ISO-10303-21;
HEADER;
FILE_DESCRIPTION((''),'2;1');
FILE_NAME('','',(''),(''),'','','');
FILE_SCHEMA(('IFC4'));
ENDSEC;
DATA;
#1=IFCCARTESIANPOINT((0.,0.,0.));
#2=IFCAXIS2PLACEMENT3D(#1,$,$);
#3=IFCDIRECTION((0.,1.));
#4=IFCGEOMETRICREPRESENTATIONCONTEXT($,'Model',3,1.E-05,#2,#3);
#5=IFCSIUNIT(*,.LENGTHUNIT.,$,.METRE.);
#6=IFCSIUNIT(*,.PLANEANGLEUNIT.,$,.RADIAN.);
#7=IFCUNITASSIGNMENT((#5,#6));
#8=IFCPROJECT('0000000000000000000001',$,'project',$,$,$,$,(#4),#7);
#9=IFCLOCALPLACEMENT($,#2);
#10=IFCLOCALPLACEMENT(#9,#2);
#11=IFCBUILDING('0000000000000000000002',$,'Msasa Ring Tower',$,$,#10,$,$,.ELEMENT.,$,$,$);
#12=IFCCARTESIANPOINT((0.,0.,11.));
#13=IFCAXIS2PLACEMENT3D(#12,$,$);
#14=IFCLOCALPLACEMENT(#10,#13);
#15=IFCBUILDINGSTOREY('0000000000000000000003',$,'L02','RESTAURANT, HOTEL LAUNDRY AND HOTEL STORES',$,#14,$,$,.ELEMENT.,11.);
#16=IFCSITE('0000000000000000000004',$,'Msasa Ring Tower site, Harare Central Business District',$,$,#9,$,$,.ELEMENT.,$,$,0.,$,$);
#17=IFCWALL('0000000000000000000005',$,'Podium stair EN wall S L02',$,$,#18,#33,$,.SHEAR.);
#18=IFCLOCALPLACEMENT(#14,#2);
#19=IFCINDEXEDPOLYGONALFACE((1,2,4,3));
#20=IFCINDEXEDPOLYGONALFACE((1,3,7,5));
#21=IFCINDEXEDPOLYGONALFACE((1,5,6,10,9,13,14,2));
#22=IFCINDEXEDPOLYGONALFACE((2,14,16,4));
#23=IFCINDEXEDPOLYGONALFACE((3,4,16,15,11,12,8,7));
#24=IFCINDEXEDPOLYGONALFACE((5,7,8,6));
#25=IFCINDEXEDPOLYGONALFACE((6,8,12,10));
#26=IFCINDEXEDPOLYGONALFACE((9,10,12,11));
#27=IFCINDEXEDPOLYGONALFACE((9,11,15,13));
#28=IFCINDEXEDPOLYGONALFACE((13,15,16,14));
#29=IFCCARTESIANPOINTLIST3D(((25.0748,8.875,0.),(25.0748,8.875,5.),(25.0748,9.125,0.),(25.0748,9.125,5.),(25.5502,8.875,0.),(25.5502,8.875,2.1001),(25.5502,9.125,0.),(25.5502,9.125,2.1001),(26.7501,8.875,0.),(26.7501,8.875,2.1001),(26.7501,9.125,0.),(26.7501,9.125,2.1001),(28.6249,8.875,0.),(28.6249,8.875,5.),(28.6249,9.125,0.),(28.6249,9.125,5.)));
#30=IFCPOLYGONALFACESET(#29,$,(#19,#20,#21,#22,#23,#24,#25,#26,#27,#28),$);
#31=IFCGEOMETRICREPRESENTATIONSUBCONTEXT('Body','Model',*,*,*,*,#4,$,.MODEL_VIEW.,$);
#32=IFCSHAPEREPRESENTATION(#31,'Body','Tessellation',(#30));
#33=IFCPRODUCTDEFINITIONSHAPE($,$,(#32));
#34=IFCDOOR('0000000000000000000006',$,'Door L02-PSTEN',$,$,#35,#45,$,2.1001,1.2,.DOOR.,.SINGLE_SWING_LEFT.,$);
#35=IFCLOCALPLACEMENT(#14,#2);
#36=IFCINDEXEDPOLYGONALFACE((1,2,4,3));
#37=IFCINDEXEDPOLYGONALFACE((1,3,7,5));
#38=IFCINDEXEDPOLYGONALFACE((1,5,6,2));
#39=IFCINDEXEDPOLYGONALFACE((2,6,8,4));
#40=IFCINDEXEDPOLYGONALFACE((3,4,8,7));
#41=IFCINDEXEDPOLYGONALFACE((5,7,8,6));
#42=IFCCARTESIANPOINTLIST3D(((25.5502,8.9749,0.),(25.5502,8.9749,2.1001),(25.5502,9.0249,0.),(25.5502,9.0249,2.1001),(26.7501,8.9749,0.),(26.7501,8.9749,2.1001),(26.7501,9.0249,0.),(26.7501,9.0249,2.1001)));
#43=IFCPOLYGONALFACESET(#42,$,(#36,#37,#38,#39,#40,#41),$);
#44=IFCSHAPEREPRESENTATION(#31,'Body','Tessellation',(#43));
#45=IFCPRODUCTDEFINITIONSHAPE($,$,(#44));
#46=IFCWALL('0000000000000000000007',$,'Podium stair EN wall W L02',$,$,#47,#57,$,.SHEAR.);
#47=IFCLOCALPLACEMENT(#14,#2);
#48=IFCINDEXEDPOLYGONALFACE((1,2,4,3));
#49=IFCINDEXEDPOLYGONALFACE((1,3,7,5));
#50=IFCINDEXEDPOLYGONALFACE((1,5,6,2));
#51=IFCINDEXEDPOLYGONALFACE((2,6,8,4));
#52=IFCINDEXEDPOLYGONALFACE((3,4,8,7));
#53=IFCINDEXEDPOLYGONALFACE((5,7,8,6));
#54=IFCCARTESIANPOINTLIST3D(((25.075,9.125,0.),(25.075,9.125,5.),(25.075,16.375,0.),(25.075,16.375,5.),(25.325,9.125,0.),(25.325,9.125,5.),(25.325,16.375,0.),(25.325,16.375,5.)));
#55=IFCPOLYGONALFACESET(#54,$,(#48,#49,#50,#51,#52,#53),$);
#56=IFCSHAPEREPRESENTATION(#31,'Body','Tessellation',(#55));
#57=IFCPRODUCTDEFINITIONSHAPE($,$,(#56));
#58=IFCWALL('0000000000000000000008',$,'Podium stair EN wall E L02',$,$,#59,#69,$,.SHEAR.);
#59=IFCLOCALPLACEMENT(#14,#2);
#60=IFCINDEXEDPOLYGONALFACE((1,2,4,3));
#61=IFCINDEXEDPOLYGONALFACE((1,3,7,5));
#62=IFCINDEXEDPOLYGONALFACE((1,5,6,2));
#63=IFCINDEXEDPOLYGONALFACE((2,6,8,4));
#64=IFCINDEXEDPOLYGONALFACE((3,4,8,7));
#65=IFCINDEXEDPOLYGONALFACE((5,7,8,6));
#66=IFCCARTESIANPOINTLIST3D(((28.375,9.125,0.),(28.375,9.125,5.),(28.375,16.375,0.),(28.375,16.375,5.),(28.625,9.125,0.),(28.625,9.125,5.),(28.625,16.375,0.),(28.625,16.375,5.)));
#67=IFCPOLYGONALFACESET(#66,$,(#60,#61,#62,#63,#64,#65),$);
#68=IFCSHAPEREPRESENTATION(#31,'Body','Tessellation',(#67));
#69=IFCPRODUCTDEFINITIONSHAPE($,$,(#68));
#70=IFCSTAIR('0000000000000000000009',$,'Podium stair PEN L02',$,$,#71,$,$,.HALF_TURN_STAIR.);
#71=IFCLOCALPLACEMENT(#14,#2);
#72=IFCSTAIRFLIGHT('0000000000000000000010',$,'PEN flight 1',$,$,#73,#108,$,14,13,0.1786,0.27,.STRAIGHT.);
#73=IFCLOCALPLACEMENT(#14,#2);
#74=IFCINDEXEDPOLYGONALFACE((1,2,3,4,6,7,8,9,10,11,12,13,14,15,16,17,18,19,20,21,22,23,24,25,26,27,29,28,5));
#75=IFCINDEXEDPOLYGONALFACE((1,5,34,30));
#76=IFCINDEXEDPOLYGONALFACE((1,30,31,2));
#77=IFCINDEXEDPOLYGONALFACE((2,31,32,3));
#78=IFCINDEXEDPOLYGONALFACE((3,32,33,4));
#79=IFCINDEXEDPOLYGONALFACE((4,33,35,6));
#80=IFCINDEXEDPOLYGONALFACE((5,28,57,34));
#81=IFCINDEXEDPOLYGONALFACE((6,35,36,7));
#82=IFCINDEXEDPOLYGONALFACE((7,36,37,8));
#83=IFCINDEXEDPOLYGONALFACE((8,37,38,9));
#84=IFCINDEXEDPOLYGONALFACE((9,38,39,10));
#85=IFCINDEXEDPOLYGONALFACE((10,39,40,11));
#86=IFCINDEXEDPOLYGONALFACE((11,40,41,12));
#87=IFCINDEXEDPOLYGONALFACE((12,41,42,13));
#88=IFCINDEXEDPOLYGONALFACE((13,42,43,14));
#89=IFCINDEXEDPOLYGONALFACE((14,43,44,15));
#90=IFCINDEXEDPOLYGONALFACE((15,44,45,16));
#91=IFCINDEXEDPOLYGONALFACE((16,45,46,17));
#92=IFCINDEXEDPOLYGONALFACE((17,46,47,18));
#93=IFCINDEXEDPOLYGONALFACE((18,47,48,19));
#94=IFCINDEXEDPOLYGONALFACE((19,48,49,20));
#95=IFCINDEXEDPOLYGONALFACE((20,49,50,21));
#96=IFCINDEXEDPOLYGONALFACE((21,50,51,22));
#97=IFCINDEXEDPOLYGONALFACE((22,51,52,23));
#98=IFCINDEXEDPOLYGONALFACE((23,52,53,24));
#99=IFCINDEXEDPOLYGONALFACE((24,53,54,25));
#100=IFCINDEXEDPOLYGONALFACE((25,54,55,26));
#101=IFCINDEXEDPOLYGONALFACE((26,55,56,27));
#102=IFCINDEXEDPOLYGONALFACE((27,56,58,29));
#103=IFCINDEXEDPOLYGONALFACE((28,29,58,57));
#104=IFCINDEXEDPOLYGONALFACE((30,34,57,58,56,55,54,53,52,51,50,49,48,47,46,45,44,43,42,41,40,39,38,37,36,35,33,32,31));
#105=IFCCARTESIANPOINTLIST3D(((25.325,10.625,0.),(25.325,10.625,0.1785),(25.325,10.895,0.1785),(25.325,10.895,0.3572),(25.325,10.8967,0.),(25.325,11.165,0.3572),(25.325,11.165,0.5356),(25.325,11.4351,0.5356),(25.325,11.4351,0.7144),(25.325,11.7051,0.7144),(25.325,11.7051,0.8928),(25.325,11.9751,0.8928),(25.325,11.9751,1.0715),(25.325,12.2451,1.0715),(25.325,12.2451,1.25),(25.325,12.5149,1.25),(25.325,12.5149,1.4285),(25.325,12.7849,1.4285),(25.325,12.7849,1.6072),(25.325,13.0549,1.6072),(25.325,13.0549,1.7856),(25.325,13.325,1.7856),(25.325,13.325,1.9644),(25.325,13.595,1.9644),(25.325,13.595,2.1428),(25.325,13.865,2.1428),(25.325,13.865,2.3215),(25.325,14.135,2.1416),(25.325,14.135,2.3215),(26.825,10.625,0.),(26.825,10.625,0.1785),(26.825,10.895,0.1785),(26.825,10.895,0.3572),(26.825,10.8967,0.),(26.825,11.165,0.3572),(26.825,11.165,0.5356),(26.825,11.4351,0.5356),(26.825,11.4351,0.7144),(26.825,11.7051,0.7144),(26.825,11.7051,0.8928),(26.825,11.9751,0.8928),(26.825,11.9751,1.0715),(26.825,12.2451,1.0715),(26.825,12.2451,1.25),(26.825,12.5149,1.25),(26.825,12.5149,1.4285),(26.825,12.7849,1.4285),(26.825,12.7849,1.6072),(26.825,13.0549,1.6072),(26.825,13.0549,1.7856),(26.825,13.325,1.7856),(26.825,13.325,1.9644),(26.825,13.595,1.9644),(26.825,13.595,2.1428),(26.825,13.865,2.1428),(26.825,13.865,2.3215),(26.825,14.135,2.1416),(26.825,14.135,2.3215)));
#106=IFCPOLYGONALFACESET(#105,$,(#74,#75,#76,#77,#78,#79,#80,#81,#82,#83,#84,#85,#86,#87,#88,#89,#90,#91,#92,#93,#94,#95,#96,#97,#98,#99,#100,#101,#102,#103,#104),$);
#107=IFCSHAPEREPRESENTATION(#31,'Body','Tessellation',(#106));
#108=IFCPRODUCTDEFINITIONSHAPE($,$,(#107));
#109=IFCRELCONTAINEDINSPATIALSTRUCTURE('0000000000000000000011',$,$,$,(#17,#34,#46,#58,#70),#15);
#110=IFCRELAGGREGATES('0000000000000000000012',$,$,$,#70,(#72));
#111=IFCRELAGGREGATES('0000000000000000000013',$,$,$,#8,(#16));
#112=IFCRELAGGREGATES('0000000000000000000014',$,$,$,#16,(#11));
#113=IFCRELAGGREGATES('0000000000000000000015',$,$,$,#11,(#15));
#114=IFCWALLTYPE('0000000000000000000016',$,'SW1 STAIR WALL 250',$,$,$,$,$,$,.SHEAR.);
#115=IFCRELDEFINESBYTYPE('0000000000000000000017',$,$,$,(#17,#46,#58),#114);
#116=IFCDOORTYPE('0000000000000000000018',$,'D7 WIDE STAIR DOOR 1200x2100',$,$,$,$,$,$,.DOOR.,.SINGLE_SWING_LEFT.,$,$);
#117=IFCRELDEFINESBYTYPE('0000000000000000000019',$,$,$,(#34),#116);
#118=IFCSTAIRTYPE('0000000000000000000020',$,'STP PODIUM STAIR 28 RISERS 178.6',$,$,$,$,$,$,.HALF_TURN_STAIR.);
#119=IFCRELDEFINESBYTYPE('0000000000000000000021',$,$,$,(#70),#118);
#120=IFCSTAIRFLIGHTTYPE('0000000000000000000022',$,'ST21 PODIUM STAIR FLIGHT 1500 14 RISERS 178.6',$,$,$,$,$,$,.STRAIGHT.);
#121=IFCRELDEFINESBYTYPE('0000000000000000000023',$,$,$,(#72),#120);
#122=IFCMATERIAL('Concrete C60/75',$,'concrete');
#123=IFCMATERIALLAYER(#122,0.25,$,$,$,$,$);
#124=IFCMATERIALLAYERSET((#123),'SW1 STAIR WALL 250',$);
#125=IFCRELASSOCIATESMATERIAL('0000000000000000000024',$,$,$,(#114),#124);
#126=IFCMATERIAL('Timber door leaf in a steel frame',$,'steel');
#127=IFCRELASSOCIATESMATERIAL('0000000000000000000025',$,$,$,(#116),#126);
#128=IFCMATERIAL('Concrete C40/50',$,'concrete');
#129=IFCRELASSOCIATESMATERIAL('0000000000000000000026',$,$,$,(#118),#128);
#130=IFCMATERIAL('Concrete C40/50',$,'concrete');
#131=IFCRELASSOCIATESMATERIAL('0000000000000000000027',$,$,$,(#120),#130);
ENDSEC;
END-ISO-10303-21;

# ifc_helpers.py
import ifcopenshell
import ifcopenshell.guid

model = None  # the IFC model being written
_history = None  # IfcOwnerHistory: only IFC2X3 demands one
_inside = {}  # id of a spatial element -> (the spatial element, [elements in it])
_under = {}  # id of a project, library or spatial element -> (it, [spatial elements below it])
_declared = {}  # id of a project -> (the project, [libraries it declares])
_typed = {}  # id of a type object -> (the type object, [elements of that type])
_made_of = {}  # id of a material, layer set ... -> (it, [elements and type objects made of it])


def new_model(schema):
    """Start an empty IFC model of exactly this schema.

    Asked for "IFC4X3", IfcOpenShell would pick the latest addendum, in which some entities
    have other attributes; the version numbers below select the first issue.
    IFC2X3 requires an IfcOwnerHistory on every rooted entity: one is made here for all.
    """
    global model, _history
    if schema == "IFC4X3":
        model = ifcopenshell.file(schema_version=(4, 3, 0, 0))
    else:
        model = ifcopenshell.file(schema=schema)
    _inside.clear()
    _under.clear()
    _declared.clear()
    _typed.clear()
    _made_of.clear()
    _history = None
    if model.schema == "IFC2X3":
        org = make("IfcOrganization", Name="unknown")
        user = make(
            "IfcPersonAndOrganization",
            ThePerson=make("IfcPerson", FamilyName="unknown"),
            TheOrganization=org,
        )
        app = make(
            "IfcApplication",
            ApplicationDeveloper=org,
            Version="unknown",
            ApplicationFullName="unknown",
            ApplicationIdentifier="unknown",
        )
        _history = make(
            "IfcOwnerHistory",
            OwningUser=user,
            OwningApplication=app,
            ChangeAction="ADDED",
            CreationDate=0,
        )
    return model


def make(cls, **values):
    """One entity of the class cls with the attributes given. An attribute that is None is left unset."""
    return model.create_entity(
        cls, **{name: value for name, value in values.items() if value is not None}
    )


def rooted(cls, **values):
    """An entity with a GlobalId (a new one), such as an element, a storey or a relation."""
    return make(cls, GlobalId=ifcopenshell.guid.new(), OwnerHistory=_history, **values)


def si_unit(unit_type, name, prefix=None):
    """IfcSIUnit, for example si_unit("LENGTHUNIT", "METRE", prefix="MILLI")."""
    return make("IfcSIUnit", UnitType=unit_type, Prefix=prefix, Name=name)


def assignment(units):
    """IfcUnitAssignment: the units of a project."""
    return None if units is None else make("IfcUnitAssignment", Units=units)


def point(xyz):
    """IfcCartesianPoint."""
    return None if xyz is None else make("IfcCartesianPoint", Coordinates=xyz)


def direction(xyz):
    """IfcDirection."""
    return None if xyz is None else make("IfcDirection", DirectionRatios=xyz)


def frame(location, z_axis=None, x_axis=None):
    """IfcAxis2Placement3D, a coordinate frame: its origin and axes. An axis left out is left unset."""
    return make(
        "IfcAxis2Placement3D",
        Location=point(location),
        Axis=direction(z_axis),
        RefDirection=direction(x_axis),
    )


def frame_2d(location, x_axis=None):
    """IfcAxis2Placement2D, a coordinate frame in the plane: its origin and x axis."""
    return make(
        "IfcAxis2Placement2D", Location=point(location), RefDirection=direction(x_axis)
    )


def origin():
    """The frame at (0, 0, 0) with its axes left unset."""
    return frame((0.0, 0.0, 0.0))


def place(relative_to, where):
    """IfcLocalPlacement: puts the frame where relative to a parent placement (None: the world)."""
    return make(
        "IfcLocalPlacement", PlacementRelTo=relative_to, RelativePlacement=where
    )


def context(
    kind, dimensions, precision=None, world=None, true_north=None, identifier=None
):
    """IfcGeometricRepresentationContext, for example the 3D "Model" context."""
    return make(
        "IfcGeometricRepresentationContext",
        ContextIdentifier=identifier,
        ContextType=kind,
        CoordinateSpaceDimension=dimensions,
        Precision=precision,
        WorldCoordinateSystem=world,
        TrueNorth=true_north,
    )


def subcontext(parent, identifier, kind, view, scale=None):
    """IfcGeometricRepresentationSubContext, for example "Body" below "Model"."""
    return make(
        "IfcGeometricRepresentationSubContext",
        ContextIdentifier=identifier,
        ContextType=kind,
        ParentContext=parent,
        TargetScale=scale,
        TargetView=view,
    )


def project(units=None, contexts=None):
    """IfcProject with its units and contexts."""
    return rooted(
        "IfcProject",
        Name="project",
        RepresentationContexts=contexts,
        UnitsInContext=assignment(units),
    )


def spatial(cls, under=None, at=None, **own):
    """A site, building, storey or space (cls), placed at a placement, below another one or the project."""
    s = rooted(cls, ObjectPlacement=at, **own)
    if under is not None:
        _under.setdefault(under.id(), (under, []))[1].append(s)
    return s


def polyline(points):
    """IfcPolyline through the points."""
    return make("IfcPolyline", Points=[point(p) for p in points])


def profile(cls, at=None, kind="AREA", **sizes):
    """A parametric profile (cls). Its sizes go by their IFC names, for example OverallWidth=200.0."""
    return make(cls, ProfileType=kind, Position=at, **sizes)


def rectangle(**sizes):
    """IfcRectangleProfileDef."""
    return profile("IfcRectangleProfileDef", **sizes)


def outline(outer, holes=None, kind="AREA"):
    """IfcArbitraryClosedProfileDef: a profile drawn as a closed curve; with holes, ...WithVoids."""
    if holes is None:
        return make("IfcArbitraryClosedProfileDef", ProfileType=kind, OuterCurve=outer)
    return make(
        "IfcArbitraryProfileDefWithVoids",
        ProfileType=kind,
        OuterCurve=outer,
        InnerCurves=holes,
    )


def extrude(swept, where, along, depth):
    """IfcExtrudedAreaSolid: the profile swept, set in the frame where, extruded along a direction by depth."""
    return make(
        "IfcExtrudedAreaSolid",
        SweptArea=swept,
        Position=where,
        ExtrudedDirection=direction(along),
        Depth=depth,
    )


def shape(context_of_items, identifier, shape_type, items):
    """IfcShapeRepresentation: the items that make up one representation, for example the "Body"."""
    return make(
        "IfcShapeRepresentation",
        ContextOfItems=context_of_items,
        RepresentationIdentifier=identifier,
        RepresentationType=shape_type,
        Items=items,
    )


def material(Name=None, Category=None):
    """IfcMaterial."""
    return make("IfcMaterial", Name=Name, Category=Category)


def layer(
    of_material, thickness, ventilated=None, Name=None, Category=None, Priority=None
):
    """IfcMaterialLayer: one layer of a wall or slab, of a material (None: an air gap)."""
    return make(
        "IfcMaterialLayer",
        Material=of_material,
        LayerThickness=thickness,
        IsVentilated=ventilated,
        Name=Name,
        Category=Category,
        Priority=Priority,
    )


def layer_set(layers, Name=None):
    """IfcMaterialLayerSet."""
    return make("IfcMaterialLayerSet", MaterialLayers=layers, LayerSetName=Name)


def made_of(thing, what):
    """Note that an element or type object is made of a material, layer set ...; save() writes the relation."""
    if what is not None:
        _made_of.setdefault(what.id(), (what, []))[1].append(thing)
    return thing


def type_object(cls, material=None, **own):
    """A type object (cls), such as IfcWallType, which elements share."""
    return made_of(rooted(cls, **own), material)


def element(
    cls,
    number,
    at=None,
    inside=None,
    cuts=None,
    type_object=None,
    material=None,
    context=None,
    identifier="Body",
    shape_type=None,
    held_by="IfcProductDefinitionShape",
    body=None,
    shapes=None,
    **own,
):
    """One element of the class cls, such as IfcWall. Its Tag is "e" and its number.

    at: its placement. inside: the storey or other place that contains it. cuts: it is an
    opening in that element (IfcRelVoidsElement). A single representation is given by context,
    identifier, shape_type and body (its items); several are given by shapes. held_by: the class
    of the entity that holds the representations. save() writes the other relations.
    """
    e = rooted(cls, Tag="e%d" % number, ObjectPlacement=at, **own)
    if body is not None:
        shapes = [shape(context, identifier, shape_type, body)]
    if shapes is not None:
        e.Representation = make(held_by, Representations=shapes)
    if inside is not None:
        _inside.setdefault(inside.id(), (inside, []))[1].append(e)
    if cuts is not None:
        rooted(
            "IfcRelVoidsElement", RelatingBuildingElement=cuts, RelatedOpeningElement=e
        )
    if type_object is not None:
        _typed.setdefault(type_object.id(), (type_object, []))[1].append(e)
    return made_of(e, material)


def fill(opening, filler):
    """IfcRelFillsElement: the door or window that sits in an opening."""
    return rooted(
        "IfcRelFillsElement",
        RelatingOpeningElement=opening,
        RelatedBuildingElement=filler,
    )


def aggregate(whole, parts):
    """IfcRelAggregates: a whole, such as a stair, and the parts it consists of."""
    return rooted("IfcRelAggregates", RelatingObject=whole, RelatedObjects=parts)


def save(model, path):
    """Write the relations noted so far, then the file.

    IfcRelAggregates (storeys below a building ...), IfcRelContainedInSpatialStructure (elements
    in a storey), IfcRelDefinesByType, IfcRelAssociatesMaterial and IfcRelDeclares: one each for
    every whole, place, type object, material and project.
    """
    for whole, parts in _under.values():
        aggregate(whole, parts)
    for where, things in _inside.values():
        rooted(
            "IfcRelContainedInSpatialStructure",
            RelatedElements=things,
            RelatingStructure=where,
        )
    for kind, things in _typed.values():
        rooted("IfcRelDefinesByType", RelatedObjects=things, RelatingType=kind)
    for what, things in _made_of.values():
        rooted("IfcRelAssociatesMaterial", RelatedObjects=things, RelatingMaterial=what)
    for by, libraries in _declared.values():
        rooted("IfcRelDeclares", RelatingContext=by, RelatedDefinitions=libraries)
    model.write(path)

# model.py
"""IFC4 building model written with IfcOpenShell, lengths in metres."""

from ifc_helpers import new_model, si_unit, direction, frame, frame_2d, origin, place, context, subcontext, project, spatial, polyline, rectangle, outline, extrude, material, layer, layer_set, type_object, element, fill, aggregate, save


model = new_model("IFC4")

# Units and contexts
model_context = context("Model", 3, precision=1e-05, world=origin(), true_north=direction((0.0, 1.0)))
body_context = subcontext(model_context, "Body", "Model", "MODEL_VIEW")
ifc_project = project(units=[si_unit("LENGTHUNIT", "METRE"), si_unit("PLANEANGLEUNIT", "RADIAN")], contexts=[model_context])

# Site, building, storey
site_placement = place(None, origin())
site = spatial("IfcSite", under=ifc_project, at=site_placement, Name="Msasa Ring Tower site, Harare Central Business District", CompositionType="ELEMENT", RefElevation=0.0)
building_placement = place(site_placement, origin())
building = spatial("IfcBuilding", under=site, at=building_placement, Name="Msasa Ring Tower", CompositionType="ELEMENT")
storey_placement = place(building_placement, frame((0.0, 0.0, 11.0)))
storey = spatial("IfcBuildingStorey", under=building, at=storey_placement, Name="L02", Description="RESTAURANT, HOTEL LAUNDRY AND HOTEL STORES", CompositionType="ELEMENT", Elevation=11.0)

# Wall, opening, door
ifc_material_1 = material(Name="Concrete C60/75", Category="concrete")
ifc_layer_1 = layer(ifc_material_1, 0.25)
ifc_layer_set_1 = layer_set([ifc_layer_1], Name="SW1 STAIR WALL 250")
wall_type_1 = type_object("IfcWallType", Name="SW1 STAIR WALL 250", PredefinedType="SHEAR", material=ifc_layer_set_1)
wall_1_placement = place(storey_placement, frame((25.075, 9.0, 0.0), z_axis=(0.0, 0.0, 1.0), x_axis=(1.0, 0.0, 0.0)))
wall_1 = element("IfcWall", 1, at=wall_1_placement, inside=storey, type_object=wall_type_1, Name="Podium stair EN wall S L02", PredefinedType="SHEAR", context=body_context, shape_type="SweptSolid", body=[
    extrude(rectangle(XDim=3.55, YDim=0.25, at=frame_2d((1.7749, 0.0))), origin(), (0.0, 0.0, 1.0), 5.0),
])
opening_1_placement = place(wall_1_placement, frame((0.4751, 0.0, 0.0)))
opening_1 = element("IfcOpeningElement", 2, at=opening_1_placement, cuts=wall_1, PredefinedType="OPENING", context=body_context, shape_type="SweptSolid", body=[
    extrude(rectangle(XDim=1.2, YDim=2.1001, at=frame_2d((0.6001, 1.05))), frame((0.0, 0.135, 0.0), z_axis=(0.0, -1.0, 0.0), x_axis=(1.0, 0.0, 0.0)), (0.0, 0.0, 1.0), 0.27),
])
ifc_material_2 = material(Name="Timber door leaf in a steel frame", Category="steel")
door_type = type_object("IfcDoorType", Name="D7 WIDE STAIR DOOR 1200x2100", OperationType="SINGLE_SWING_LEFT", PredefinedType="DOOR", material=ifc_material_2)
door_placement = place(opening_1_placement, origin())
door = element("IfcDoor", 3, at=door_placement, inside=storey, type_object=door_type, Name="Door L02-PSTEN", OperationType="SINGLE_SWING_LEFT", OverallHeight=2.1001, OverallWidth=1.2, PredefinedType="DOOR", context=body_context, shape_type="SweptSolid", body=[
    extrude(rectangle(XDim=1.2, YDim=2.1001, at=frame_2d((0.6001, 1.05))), frame((0.0, 0.0249, 0.0), z_axis=(0.0, -1.0, 0.0), x_axis=(1.0, 0.0, 0.0)), (0.0, 0.0, 1.0), 0.05),
])
fill(opening_1, door)

# Walls
for number, where, z_axis, x_axis, name in (
    (4, (25.2, 9.125, 0.0), (0.0, 0.0, 1.0), (0.0, 1.0, 0.0), "Podium stair EN wall W L02"),
    (5, (28.5, 9.125, 0.0), (0.0, 0.0, 1.0), (0.0, 1.0, 0.0), "Podium stair EN wall E L02"),
):
    element("IfcWall", number, at=place(storey_placement, frame(where, z_axis=z_axis, x_axis=x_axis)), inside=storey, type_object=wall_type_1, Name=name, PredefinedType="SHEAR", context=body_context, shape_type="SweptSolid", body=[
        extrude(rectangle(XDim=7.25, YDim=0.25, at=frame_2d((3.625, 0.0))), origin(), (0.0, 0.0, 1.0), 5.0),
    ])

# Stair, stair flight
ifc_material_3 = material(Name="Concrete C40/50", Category="concrete")
stair_type = type_object("IfcStairType", Name="STP PODIUM STAIR 28 RISERS 178.6", PredefinedType="HALF_TURN_STAIR", material=ifc_material_3)
stair_placement = place(storey_placement, origin())
stair = element("IfcStair", 6, at=stair_placement, inside=storey, type_object=stair_type, Name="Podium stair PEN L02", PredefinedType="HALF_TURN_STAIR")
ifc_material_4 = material(Name="Concrete C40/50", Category="concrete")
stair_flight_type = type_object("IfcStairFlightType", Name="ST21 PODIUM STAIR FLIGHT 1500 14 RISERS 178.6", PredefinedType="STRAIGHT", material=ifc_material_4)
stair_flight_placement = place(storey_placement, frame((26.075, 10.625, 0.0), z_axis=(0.0, 0.0, 1.0), x_axis=(0.0, 1.0, 0.0)))
stair_flight = element("IfcStairFlight", 7, at=stair_flight_placement, type_object=stair_flight_type, Name="PEN flight 1", NumberOfRisers=14, NumberOfTreads=13, PredefinedType="STRAIGHT", RiserHeight=0.1786, TreadLength=0.27, context=body_context, shape_type="SweptSolid", body=[
    extrude(outline(polyline([(0.0, 0.0), (0.0, 0.1785), (0.27, 0.1785), (0.27, 0.3572), (0.54, 0.3572), (0.54, 0.5356), (0.8101, 0.5356), (0.8101, 0.7144), (1.0801, 0.7144), (1.0801, 0.8928), (1.3501, 0.8928), (1.3501, 1.0715), (1.6201, 1.0715), (1.6201, 1.25), (1.8899, 1.25), (1.8899, 1.4285), (2.1599, 1.4285), (2.1599, 1.6072), (2.4299, 1.6072), (2.4299, 1.7856), (2.7, 1.7856), (2.7, 1.9644), (2.97, 1.9644), (2.97, 2.1428), (3.24, 2.1428), (3.24, 2.3215), (3.51, 2.3215), (3.51, 2.5), (3.51, 2.1416), (0.2717, 0.0), (0.0, 0.0)])), frame((0.0, 0.75, 0.0), z_axis=(0.0, -1.0, 0.0), x_axis=(1.0, 0.0, 0.0)), (0.0, 0.0, 1.0), 1.5),
])
aggregate(stair, [stair_flight])

save(model, "model.ifc")
